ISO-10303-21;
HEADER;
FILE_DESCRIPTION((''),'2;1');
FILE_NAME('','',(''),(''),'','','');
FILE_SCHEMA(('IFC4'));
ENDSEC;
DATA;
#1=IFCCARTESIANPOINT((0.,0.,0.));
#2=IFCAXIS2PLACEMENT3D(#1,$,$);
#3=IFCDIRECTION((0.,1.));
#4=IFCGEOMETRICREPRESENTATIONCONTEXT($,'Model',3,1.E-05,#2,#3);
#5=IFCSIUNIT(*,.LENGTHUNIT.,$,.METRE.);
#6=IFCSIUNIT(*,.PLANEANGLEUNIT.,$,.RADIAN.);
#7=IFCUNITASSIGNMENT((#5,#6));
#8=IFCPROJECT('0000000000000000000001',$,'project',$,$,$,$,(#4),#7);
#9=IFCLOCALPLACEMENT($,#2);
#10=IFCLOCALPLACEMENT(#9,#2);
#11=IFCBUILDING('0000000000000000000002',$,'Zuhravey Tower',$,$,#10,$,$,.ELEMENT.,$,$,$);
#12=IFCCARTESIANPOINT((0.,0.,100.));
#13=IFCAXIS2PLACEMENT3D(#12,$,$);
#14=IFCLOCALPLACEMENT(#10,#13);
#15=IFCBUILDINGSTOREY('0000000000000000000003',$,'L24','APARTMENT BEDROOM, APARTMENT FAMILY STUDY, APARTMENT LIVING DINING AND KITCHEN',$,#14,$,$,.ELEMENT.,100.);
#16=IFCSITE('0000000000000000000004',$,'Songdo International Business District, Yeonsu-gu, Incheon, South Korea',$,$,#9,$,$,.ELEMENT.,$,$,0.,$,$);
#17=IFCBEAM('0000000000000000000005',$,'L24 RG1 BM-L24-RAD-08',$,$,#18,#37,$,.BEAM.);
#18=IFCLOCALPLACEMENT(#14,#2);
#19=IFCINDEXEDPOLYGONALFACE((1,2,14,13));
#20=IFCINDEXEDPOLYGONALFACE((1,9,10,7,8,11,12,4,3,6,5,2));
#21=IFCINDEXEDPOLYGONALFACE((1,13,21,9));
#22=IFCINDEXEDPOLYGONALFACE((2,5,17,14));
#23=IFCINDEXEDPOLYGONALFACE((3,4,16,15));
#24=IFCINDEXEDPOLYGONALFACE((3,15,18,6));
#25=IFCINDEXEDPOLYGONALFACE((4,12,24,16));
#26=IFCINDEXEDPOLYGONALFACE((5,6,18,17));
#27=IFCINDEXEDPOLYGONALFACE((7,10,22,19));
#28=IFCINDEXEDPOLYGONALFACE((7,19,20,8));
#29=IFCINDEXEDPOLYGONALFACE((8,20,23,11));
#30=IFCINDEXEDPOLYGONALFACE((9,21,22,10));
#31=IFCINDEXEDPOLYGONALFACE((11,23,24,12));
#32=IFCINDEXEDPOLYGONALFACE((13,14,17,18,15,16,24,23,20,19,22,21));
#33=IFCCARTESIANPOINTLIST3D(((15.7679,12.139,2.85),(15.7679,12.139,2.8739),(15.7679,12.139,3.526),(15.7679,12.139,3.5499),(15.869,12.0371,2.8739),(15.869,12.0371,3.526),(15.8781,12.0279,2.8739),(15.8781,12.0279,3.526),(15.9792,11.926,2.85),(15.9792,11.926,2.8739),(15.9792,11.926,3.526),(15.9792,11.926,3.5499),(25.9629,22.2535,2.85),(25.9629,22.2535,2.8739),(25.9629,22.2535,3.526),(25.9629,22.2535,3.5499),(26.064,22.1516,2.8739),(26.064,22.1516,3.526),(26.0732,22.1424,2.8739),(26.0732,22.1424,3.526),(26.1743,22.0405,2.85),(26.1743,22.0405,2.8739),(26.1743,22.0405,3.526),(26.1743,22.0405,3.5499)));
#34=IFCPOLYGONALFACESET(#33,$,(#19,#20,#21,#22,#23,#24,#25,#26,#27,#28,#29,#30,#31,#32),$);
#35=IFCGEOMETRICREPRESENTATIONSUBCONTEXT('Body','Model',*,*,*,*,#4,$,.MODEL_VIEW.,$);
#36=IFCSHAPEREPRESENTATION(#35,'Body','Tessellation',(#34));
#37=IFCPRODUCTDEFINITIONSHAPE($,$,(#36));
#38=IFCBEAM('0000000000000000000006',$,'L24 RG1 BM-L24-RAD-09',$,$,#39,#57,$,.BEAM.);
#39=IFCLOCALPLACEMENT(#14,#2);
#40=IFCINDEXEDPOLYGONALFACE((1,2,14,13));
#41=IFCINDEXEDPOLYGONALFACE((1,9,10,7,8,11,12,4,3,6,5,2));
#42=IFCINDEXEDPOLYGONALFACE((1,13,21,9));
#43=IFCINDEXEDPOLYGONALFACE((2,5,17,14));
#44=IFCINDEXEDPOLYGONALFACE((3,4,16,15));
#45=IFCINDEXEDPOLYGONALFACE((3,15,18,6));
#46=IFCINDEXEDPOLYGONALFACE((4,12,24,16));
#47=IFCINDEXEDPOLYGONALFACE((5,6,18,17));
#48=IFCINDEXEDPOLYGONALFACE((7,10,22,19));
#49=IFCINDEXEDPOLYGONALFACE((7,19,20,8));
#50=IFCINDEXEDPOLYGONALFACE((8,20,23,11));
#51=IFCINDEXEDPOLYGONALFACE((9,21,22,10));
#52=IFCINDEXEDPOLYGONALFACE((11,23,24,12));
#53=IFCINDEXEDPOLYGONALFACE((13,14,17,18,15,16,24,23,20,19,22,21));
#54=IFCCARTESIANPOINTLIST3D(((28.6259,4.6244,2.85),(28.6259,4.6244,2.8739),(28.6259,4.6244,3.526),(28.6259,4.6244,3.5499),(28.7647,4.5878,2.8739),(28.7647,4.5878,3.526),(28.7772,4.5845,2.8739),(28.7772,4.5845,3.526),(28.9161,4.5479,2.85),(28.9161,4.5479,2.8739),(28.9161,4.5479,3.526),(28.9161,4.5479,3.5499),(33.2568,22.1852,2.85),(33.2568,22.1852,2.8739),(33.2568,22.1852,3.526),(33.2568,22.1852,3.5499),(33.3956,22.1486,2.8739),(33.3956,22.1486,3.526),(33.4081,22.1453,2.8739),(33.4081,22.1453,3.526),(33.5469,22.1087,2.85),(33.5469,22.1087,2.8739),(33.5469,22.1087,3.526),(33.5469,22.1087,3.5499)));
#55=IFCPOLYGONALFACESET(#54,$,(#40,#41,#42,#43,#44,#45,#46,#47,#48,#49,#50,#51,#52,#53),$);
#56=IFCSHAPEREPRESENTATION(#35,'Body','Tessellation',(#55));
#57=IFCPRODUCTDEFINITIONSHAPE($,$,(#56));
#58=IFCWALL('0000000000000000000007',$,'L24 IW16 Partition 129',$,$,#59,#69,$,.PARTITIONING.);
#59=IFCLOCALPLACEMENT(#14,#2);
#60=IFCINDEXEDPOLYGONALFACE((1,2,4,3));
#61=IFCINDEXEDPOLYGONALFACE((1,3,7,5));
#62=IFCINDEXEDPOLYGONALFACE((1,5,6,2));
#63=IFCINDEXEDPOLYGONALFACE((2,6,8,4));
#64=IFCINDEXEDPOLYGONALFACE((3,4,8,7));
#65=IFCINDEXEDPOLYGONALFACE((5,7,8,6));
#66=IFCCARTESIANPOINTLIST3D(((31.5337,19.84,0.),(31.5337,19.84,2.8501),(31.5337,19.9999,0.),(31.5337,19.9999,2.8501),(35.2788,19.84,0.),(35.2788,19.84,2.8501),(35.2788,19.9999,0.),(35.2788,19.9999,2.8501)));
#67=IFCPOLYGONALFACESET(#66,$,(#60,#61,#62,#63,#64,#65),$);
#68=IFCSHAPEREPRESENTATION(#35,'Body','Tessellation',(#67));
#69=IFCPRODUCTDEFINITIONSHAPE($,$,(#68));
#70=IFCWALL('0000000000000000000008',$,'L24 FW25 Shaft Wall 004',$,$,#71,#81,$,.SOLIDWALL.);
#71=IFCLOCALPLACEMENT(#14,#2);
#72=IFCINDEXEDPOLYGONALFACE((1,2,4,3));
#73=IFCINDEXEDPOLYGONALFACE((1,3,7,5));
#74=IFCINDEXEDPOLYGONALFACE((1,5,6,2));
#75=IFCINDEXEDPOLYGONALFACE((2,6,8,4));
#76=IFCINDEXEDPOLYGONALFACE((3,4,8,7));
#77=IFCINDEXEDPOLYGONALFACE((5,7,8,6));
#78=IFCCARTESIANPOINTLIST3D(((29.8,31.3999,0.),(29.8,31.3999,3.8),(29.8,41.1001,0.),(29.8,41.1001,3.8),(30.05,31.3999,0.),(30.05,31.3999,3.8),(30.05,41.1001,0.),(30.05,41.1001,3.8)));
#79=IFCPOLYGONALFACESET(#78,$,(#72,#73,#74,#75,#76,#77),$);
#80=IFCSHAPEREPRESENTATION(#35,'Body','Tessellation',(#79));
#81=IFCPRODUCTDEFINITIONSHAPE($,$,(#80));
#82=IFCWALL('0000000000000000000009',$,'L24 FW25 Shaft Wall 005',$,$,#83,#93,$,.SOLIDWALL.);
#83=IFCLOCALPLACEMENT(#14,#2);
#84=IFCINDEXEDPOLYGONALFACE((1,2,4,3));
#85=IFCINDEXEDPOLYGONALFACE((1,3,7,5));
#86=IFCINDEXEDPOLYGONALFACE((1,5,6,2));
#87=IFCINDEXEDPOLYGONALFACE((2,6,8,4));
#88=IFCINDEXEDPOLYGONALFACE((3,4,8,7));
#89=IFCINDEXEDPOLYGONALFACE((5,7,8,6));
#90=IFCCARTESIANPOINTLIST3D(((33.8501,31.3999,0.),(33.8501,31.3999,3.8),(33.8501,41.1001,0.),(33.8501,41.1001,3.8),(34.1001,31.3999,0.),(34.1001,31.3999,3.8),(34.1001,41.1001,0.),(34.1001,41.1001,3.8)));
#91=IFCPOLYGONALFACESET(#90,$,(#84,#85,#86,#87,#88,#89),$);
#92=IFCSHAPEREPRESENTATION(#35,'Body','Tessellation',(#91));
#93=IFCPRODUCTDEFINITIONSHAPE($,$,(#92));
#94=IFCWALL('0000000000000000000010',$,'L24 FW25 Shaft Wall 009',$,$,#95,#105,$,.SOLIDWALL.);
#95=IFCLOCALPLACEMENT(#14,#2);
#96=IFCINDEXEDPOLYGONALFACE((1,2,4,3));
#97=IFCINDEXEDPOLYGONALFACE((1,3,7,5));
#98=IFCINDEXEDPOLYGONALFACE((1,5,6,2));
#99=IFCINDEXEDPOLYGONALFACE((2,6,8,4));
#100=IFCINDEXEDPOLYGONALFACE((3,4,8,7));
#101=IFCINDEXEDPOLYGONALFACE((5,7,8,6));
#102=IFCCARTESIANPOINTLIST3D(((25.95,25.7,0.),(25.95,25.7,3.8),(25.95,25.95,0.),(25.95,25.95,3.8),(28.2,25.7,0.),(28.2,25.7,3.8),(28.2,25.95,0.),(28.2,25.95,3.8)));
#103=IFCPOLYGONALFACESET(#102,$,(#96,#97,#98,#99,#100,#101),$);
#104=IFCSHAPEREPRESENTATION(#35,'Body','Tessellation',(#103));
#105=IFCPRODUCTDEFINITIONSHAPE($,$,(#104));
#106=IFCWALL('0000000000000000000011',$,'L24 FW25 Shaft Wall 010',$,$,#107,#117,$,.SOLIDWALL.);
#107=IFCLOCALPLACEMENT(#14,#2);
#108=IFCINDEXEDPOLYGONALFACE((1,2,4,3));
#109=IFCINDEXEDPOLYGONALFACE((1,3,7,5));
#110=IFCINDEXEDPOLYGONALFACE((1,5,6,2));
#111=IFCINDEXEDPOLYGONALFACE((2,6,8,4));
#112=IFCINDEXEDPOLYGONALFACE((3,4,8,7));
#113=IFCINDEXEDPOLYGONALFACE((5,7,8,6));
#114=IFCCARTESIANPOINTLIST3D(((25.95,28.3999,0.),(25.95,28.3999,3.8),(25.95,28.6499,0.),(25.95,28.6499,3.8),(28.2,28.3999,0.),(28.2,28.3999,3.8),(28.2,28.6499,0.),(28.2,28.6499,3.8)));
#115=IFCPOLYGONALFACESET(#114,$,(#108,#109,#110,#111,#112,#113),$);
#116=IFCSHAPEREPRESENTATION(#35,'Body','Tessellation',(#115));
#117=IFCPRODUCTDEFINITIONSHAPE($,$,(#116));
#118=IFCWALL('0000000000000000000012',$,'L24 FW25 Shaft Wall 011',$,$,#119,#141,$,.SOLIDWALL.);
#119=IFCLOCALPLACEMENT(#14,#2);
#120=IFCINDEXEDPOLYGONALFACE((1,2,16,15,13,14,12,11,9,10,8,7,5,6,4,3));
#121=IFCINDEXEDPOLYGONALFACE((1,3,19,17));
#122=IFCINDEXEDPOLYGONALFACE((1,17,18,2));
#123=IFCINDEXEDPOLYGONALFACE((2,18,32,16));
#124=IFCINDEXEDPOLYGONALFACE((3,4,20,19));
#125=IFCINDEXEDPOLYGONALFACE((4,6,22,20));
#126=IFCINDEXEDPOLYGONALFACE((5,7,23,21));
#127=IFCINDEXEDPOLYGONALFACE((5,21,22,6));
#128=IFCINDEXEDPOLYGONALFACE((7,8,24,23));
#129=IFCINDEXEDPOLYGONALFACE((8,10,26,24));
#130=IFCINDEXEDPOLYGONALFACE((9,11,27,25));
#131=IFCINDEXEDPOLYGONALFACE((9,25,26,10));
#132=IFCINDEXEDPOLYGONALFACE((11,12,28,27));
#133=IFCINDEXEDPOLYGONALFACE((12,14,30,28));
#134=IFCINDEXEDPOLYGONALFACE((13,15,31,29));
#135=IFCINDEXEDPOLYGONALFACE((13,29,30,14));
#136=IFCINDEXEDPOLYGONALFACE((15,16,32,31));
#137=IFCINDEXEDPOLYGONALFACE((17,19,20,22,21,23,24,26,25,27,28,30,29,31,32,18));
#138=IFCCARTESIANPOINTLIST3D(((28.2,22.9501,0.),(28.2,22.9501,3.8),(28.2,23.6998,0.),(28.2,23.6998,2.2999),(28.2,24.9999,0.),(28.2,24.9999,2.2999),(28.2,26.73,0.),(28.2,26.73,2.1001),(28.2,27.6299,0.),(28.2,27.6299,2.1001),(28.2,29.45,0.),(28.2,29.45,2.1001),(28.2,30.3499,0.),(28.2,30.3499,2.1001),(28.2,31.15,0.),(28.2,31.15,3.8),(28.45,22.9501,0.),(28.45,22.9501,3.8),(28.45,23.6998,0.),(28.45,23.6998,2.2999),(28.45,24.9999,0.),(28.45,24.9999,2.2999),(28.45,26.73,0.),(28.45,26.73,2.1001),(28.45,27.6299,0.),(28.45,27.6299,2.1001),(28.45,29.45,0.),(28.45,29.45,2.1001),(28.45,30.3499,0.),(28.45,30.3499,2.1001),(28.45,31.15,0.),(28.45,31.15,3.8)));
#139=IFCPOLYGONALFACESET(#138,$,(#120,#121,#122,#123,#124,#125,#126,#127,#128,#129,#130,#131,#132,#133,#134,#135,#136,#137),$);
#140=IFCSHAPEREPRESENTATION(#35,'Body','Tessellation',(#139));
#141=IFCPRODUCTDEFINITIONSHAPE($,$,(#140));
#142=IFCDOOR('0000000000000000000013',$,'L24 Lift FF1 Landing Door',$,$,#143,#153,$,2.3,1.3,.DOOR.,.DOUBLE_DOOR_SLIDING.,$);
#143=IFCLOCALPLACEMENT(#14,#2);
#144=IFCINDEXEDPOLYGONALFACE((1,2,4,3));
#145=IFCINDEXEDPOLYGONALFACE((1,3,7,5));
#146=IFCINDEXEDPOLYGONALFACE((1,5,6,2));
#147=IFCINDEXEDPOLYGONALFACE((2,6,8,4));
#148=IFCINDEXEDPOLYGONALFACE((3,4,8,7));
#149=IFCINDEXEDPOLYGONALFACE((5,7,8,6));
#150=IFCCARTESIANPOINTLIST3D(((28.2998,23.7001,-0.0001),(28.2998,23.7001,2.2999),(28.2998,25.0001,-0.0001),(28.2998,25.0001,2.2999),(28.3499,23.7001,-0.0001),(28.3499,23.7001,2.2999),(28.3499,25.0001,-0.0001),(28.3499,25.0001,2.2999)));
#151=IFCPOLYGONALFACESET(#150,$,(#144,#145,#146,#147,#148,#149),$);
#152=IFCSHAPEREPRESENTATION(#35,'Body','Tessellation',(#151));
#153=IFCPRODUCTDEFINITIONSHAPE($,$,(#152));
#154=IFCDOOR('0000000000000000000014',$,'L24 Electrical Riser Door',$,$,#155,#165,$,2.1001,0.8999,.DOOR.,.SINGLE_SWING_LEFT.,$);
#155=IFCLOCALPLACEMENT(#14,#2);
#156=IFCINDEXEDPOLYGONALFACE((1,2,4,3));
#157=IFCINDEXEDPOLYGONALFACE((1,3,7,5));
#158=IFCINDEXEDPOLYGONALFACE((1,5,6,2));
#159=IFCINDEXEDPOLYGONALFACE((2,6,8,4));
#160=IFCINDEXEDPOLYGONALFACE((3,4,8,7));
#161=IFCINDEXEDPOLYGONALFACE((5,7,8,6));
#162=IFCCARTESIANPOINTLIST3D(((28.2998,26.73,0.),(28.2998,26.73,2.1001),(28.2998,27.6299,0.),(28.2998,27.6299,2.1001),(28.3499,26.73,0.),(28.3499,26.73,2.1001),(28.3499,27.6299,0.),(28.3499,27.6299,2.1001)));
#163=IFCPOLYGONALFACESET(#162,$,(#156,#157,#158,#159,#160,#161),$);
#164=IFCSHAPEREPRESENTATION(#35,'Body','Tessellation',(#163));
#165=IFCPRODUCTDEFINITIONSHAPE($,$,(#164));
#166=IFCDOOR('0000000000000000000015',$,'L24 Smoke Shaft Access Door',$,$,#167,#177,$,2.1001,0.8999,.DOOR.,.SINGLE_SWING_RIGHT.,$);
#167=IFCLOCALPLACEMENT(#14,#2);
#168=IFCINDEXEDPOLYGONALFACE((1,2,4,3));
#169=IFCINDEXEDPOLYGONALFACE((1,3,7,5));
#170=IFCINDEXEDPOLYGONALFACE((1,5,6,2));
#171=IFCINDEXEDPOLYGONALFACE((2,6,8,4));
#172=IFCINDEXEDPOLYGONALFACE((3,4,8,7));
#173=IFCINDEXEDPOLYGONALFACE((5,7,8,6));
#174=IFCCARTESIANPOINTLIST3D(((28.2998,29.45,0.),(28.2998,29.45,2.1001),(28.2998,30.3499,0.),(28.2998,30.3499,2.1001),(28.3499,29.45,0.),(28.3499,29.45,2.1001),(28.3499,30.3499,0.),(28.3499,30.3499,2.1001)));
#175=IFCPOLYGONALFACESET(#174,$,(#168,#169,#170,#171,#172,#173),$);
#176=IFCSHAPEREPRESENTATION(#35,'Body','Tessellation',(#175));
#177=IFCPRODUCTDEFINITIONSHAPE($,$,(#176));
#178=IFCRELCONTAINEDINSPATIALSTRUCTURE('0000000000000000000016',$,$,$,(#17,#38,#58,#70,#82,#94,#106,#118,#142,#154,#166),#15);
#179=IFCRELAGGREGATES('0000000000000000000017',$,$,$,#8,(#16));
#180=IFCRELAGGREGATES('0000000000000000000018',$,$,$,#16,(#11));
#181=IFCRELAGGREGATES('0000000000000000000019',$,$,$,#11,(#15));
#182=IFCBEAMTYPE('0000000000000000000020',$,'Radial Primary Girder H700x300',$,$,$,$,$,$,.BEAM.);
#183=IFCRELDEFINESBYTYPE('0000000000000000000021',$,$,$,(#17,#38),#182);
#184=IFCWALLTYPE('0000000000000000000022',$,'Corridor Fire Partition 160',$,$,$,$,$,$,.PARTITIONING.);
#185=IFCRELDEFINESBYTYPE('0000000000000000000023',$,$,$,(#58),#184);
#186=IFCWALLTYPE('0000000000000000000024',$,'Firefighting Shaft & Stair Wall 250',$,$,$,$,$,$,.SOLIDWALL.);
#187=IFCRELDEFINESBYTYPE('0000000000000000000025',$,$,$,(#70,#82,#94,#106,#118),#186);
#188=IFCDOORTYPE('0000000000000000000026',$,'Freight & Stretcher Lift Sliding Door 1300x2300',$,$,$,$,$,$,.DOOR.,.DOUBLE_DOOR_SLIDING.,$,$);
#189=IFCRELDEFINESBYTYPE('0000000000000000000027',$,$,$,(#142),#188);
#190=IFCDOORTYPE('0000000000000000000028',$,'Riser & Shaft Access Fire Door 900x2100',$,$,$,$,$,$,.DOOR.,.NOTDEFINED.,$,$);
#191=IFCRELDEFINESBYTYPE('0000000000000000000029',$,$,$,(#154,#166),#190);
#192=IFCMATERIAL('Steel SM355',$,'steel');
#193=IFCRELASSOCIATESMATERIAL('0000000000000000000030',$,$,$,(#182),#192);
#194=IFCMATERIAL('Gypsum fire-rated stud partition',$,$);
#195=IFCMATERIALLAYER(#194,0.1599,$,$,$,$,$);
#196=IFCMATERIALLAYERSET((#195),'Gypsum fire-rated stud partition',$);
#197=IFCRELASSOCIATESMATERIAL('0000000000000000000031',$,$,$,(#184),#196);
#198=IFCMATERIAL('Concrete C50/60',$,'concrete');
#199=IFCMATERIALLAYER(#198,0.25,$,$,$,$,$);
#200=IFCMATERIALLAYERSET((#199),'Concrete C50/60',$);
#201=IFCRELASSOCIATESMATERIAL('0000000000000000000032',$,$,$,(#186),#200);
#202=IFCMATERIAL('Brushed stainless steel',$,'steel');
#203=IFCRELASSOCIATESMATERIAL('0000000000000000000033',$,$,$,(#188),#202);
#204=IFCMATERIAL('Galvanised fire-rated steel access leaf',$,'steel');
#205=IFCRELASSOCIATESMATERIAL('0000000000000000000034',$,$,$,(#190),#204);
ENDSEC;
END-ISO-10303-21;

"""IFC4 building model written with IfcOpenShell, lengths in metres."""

from ifc_helpers import new_model, si_unit, direction, frame, frame_2d, origin, origin_2d, place, context, subcontext, project, spatial, rectangle, i_section, extrude, material, layer, layer_set, material_profile, profile_set, type_object, element, fill, save


model = new_model("IFC4")

# Units and contexts
model_context = context("Model", 3, precision=1e-05, world=origin(), true_north=direction((0.0, 1.0)))
body_context = subcontext(model_context, "Body", "Model", "MODEL_VIEW")
ifc_project = project(units=[si_unit("LENGTHUNIT", "METRE"), si_unit("PLANEANGLEUNIT", "RADIAN")], contexts=[model_context])

# Site, building, storey
site_placement = place(None, origin())
site = spatial("IfcSite", under=ifc_project, at=site_placement, Name="Songdo International Business District, Yeonsu-gu, Incheon, South Korea", CompositionType="ELEMENT", RefElevation=0.0)
building_placement = place(site_placement, origin())
building = spatial("IfcBuilding", under=site, at=building_placement, Name="Zuhravey Tower", CompositionType="ELEMENT")
storey_placement = place(building_placement, frame((0.0, 0.0, 100.0)))
storey = spatial("IfcBuildingStorey", under=building, at=storey_placement, Name="L24", Description="APARTMENT BEDROOM, APARTMENT FAMILY STUDY, APARTMENT LIVING DINING AND KITCHEN", CompositionType="ELEMENT", Elevation=100.0)

# Beams
ifc_material_1 = material(Name="Steel SM355", Category="steel")
ifc_material_profile = material_profile(ifc_material_1, i_section(OverallWidth=0.3, OverallDepth=0.7, WebThickness=0.0129, FlangeThickness=0.0239, at=origin_2d()), Name="H-700x300x13x24")
ifc_profile_set = profile_set([ifc_material_profile], Name="Steel SM355")
beam_type = type_object("IfcBeamType", Name="Radial Primary Girder H700x300", PredefinedType="BEAM", material=ifc_profile_set)
beam_1_placement = place(storey_placement, frame((26.0686, 22.147, 3.2), z_axis=(-0.709906, -0.704296, 0.0), x_axis=(0.704296, -0.709906, 0.0)))
element("IfcBeam", 1, at=beam_1_placement, inside=storey, type_object=beam_type, Name="L24 RG1 BM-L24-RAD-08", PredefinedType="BEAM", context=body_context, shape_type="SweptSolid", body=[
    extrude(i_section(OverallWidth=0.3, OverallDepth=0.7, WebThickness=0.0129, FlangeThickness=0.0239, at=origin_2d()), origin(), (0.0, 0.0, 1.0), 14.3611),
])
beam_2_placement = place(storey_placement, frame((33.4019, 22.147, 3.2), z_axis=(-0.254988, -0.966944, 0.0), x_axis=(0.966944, -0.254988, 0.0)))
element("IfcBeam", 2, at=beam_2_placement, inside=storey, type_object=beam_type, Name="L24 RG1 BM-L24-RAD-09", PredefinedType="BEAM", context=body_context, shape_type="SweptSolid", body=[
    extrude(i_section(OverallWidth=0.3, OverallDepth=0.7, WebThickness=0.0129, FlangeThickness=0.0239, at=origin_2d()), origin(), (0.0, 0.0, 1.0), 18.1611),
])

# Wall
ifc_material_2 = material(Name="Gypsum fire-rated stud partition")
ifc_layer_1 = layer(ifc_material_2, 0.1599)
ifc_layer_set_1 = layer_set([ifc_layer_1], Name="Gypsum fire-rated stud partition")
wall_type_1 = type_object("IfcWallType", Name="Corridor Fire Partition 160", PredefinedType="PARTITIONING", material=ifc_layer_set_1)
wall_1_placement = place(storey_placement, frame((31.5337, 19.9199, 0.0), z_axis=(0.0, 0.0, 1.0), x_axis=(1.0, 0.0, 0.0)))
element("IfcWall", 3, at=wall_1_placement, inside=storey, type_object=wall_type_1, Name="L24 IW16 Partition 129", PredefinedType="PARTITIONING", context=body_context, shape_type="SweptSolid", body=[
    extrude(rectangle(XDim=3.7451, YDim=0.1599, at=frame_2d((1.8726, 0.0))), origin(), (0.0, 0.0, 1.0), 2.8501),
])

# Shared definitions
ifc_material_3 = material(Name="Concrete C50/60", Category="concrete")
ifc_layer_2 = layer(ifc_material_3, 0.25)
ifc_layer_set_2 = layer_set([ifc_layer_2], Name="Concrete C50/60")
wall_type_2 = type_object("IfcWallType", Name="Firefighting Shaft & Stair Wall 250", PredefinedType="SOLIDWALL", material=ifc_layer_set_2)

# Walls
for number, where, z_axis, x_axis, name in (
    (4, (29.925, 31.3999, 0.0), (0.0, 0.0, 1.0), (0.0, 1.0, 0.0), "L24 FW25 Shaft Wall 004"),
    (5, (33.9751, 31.3999, 0.0), (0.0, 0.0, 1.0), (0.0, 1.0, 0.0), "L24 FW25 Shaft Wall 005"),
):
    element("IfcWall", number, at=place(storey_placement, frame(where, z_axis=z_axis, x_axis=x_axis)), inside=storey, type_object=wall_type_2, Name=name, PredefinedType="SOLIDWALL", context=body_context, shape_type="SweptSolid", body=[
        extrude(rectangle(XDim=9.7002, YDim=0.25, at=frame_2d((4.8501, 0.0))), origin(), (0.0, 0.0, 1.0), 3.8),
    ])
for number, where, z_axis, x_axis, name in (
    (6, (25.95, 25.825, 0.0), (0.0, 0.0, 1.0), (1.0, 0.0, 0.0), "L24 FW25 Shaft Wall 009"),
    (7, (25.95, 28.5249, 0.0), (0.0, 0.0, 1.0), (1.0, 0.0, 0.0), "L24 FW25 Shaft Wall 010"),
):
    element("IfcWall", number, at=place(storey_placement, frame(where, z_axis=z_axis, x_axis=x_axis)), inside=storey, type_object=wall_type_2, Name=name, PredefinedType="SOLIDWALL", context=body_context, shape_type="SweptSolid", body=[
        extrude(rectangle(XDim=2.25, YDim=0.25, at=frame_2d((1.125, 0.0))), origin(), (0.0, 0.0, 1.0), 3.8),
    ])

# Wall, openings, doors
wall_2_placement = place(storey_placement, frame((28.325, 22.95, 0.0), z_axis=(0.0, 0.0, 1.0), x_axis=(0.0, 1.0, 0.0)))
wall_2 = element("IfcWall", 8, at=wall_2_placement, inside=storey, type_object=wall_type_2, Name="L24 FW25 Shaft Wall 011", PredefinedType="SOLIDWALL", context=body_context, shape_type="SweptSolid", body=[
    extrude(rectangle(XDim=8.2, YDim=0.25, at=frame_2d((4.1001, 0.0))), origin(), (0.0, 0.0, 1.0), 3.8),
])
opening_1_placement = place(wall_2_placement, frame((0.75, 0.0, 0.0)))
opening_1 = element("IfcOpeningElement", 9, at=opening_1_placement, cuts=wall_2, PredefinedType="OPENING", context=body_context, shape_type="SweptSolid", body=[
    extrude(rectangle(XDim=1.3, YDim=2.3, at=frame_2d((0.6499, 1.1499))), frame((0.0, 0.137, 0.0), z_axis=(0.0, -1.0, 0.0), x_axis=(1.0, 0.0, 0.0)), (0.0, 0.0, 1.0), 0.2739),
])
opening_2_placement = place(wall_2_placement, frame((3.78, 0.0, 0.0)))
opening_2 = element("IfcOpeningElement", 10, at=opening_2_placement, cuts=wall_2, PredefinedType="OPENING", context=body_context, shape_type="SweptSolid", body=[
    extrude(rectangle(XDim=0.8999, YDim=2.1001, at=frame_2d((0.45, 1.05))), frame((0.0, 0.137, 0.0), z_axis=(0.0, -1.0, 0.0), x_axis=(1.0, 0.0, 0.0)), (0.0, 0.0, 1.0), 0.2739),
])
opening_3_placement = place(wall_2_placement, frame((6.5, 0.0, 0.0)))
opening_3 = element("IfcOpeningElement", 11, at=opening_3_placement, cuts=wall_2, PredefinedType="OPENING", context=body_context, shape_type="SweptSolid", body=[
    extrude(rectangle(XDim=0.8999, YDim=2.1001, at=frame_2d((0.45, 1.05))), frame((0.0, 0.137, 0.0), z_axis=(0.0, -1.0, 0.0), x_axis=(1.0, 0.0, 0.0)), (0.0, 0.0, 1.0), 0.2739),
])
ifc_material_4 = material(Name="Brushed stainless steel", Category="steel")
door_type_1 = type_object("IfcDoorType", Name="Freight & Stretcher Lift Sliding Door 1300x2300", OperationType="DOUBLE_DOOR_SLIDING", PredefinedType="DOOR", material=ifc_material_4)
door_1_placement = place(opening_1_placement, frame((1.3, 0.0, 0.0), z_axis=(0.0, 0.0, 1.0), x_axis=(-1.0, 0.0, 0.0)))
door_1 = element("IfcDoor", 12, at=door_1_placement, inside=storey, type_object=door_type_1, Name="L24 Lift FF1 Landing Door", OperationType="DOUBLE_DOOR_SLIDING", OverallHeight=2.3, OverallWidth=1.3, PredefinedType="DOOR", context=body_context, shape_type="SweptSolid", body=[
    extrude(rectangle(XDim=1.3, YDim=2.3, at=frame_2d((0.6499, 1.1499))), frame((0.0, 0.0249, 0.0), z_axis=(0.0, -1.0, 0.0), x_axis=(1.0, 0.0, 0.0)), (0.0, 0.0, 1.0), 0.05),
])
fill(opening_1, door_1)
ifc_material_5 = material(Name="Galvanised fire-rated steel access leaf", Category="steel")
door_type_2 = type_object("IfcDoorType", Name="Riser & Shaft Access Fire Door 900x2100", OperationType="NOTDEFINED", PredefinedType="DOOR", material=ifc_material_5)
door_2_placement = place(opening_2_placement, frame((0.8999, 0.0, 0.0), z_axis=(0.0, 0.0, 1.0), x_axis=(-1.0, 0.0, 0.0)))
door_2 = element("IfcDoor", 13, at=door_2_placement, inside=storey, type_object=door_type_2, Name="L24 Electrical Riser Door", OperationType="SINGLE_SWING_LEFT", OverallHeight=2.1001, OverallWidth=0.8999, PredefinedType="DOOR", context=body_context, shape_type="SweptSolid", body=[
    extrude(rectangle(XDim=0.8999, YDim=2.1001, at=frame_2d((0.45, 1.05))), frame((0.0, 0.0249, 0.0), z_axis=(0.0, -1.0, 0.0), x_axis=(1.0, 0.0, 0.0)), (0.0, 0.0, 1.0), 0.05),
])
fill(opening_2, door_2)
door_3_placement = place(opening_3_placement, frame((0.8999, 0.0, 0.0), z_axis=(0.0, 0.0, 1.0), x_axis=(-1.0, 0.0, 0.0)))
door_3 = element("IfcDoor", 14, at=door_3_placement, inside=storey, type_object=door_type_2, Name="L24 Smoke Shaft Access Door", OperationType="SINGLE_SWING_RIGHT", OverallHeight=2.1001, OverallWidth=0.8999, PredefinedType="DOOR", context=body_context, shape_type="SweptSolid", body=[
    extrude(rectangle(XDim=0.8999, YDim=2.1001, at=frame_2d((0.45, 1.05))), frame((0.0, 0.0249, 0.0), z_axis=(0.0, -1.0, 0.0), x_axis=(1.0, 0.0, 0.0)), (0.0, 0.0, 1.0), 0.05),
])
fill(opening_3, door_3)

save(model, "model.ifc")
